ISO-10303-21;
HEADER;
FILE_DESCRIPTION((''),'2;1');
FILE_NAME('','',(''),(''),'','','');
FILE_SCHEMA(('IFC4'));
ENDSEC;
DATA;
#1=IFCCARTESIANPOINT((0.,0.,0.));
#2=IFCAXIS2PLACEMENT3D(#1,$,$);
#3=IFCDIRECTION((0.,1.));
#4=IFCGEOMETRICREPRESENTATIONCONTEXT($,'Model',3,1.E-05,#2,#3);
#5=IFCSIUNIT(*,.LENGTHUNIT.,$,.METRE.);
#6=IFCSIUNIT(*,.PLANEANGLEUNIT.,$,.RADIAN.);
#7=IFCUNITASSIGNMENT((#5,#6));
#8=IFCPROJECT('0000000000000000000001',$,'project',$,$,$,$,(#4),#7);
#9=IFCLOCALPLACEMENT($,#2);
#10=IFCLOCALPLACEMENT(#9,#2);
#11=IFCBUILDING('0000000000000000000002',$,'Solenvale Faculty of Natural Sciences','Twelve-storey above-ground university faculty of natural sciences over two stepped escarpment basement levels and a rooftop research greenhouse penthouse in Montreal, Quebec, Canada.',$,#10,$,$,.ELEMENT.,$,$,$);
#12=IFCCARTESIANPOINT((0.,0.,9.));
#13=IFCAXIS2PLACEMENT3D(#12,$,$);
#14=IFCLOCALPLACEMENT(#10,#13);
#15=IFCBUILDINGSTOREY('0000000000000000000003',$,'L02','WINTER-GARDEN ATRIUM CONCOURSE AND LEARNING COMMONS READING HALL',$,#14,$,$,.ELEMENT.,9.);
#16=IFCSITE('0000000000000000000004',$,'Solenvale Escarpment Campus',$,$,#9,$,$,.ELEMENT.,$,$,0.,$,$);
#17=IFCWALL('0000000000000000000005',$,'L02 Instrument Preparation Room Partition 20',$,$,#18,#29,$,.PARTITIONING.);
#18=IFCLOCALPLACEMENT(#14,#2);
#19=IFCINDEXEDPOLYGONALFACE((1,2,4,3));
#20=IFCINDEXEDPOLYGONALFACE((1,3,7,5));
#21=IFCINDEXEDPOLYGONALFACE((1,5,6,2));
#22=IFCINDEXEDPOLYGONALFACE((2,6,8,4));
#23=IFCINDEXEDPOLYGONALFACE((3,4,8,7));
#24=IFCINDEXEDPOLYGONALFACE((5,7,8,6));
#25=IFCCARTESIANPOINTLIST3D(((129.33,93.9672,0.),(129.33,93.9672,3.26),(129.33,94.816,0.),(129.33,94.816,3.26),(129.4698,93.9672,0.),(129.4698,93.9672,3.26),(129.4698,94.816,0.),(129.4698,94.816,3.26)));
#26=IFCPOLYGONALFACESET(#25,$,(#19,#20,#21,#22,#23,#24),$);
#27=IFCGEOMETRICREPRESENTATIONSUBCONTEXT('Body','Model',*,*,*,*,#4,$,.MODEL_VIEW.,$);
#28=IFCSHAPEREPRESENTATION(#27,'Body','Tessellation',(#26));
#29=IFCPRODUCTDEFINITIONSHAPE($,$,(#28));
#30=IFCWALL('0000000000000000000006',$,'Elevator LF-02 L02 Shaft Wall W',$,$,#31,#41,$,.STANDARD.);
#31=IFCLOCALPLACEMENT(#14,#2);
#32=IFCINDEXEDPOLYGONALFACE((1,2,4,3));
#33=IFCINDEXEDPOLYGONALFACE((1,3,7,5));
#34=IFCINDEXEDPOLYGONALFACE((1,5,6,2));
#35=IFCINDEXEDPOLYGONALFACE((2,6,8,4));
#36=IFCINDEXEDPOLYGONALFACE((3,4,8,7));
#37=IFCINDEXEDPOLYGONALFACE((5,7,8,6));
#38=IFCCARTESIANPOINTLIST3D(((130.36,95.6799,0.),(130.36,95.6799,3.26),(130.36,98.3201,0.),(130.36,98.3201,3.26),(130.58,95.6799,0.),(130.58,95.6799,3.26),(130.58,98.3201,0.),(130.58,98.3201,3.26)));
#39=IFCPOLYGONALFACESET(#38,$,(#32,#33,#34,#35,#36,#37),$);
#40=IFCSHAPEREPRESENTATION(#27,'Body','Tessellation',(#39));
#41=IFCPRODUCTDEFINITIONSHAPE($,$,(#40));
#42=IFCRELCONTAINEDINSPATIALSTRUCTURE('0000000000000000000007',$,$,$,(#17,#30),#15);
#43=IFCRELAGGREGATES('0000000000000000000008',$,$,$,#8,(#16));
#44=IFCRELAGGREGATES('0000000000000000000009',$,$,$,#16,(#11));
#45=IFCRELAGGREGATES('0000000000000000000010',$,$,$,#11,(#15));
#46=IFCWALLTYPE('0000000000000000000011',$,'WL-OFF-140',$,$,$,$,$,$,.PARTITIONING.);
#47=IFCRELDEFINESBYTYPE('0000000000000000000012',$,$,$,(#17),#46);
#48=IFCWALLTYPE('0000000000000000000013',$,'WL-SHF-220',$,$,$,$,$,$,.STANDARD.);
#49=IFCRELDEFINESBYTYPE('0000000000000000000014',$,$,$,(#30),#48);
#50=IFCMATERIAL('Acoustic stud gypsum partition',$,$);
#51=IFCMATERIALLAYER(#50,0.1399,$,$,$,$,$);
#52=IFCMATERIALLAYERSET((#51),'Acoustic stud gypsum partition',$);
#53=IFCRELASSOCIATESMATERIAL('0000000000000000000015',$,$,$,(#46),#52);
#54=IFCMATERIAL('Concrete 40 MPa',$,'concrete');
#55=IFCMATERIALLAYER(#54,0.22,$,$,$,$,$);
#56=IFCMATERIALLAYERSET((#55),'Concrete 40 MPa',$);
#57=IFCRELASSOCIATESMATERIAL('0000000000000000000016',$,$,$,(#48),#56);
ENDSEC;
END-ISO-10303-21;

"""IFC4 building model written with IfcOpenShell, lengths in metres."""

from ifc_helpers import new_model, si_unit, direction, frame, frame_2d, origin, place, context, subcontext, project, spatial, rectangle, extrude, material, layer, layer_set, type_object, element, save


model = new_model("IFC4")

# Units and contexts
model_context = context("Model", 3, precision=1e-05, world=origin(), true_north=direction((0.0, 1.0)))
body_context = subcontext(model_context, "Body", "Model", "MODEL_VIEW")
ifc_project = project(units=[si_unit("LENGTHUNIT", "METRE"), si_unit("PLANEANGLEUNIT", "RADIAN")], contexts=[model_context])

# Site, building, storey
site_placement = place(None, origin())
site = spatial("IfcSite", under=ifc_project, at=site_placement, Name="Solenvale Escarpment Campus", CompositionType="ELEMENT", RefElevation=0.0)
building_placement = place(site_placement, origin())
building = spatial("IfcBuilding", under=site, at=building_placement, Name="Solenvale Faculty of Natural Sciences", Description="Twelve-storey above-ground university faculty of natural sciences over two stepped escarpment basement levels and a rooftop research greenhouse penthouse in Montreal, Quebec, Canada.", CompositionType="ELEMENT")
storey_placement = place(building_placement, frame((0.0, 0.0, 9.0)))
storey = spatial("IfcBuildingStorey", under=building, at=storey_placement, Name="L02", Description="WINTER-GARDEN ATRIUM CONCOURSE AND LEARNING COMMONS READING HALL", CompositionType="ELEMENT", Elevation=9.0)

# Shared definitions
ifc_material_1 = material(Name="Concrete 40 MPa", Category="concrete")

# Walls
ifc_material_2 = material(Name="Acoustic stud gypsum partition")
ifc_layer_1 = layer(ifc_material_2, 0.1399)
ifc_layer_set_1 = layer_set([ifc_layer_1], Name="Acoustic stud gypsum partition")
wall_type_1 = type_object("IfcWallType", Name="WL-OFF-140", PredefinedType="PARTITIONING", material=ifc_layer_set_1)
wall_1_placement = place(storey_placement, frame((129.3999, 94.8159, 0.0), z_axis=(0.0, 0.0, 1.0), x_axis=(0.0, -1.0, 0.0)))
element("IfcWall", 1, at=wall_1_placement, inside=storey, type_object=wall_type_1, Name="L02 Instrument Preparation Room Partition 20", PredefinedType="PARTITIONING", context=body_context, shape_type="SweptSolid", body=[
    extrude(rectangle(XDim=0.8489, YDim=0.1399, at=frame_2d((0.4243, 0.0))), origin(), (0.0, 0.0, 1.0), 3.26),
])
ifc_layer_2 = layer(ifc_material_1, 0.22)
ifc_layer_set_2 = layer_set([ifc_layer_2], Name="Concrete 40 MPa")
wall_type_2 = type_object("IfcWallType", Name="WL-SHF-220", PredefinedType="STANDARD", material=ifc_layer_set_2)
wall_2_placement = place(storey_placement, frame((130.47, 95.6799, 0.0), z_axis=(0.0, 0.0, 1.0), x_axis=(0.0, 1.0, 0.0)))
element("IfcWall", 2, at=wall_2_placement, inside=storey, type_object=wall_type_2, Name="Elevator LF-02 L02 Shaft Wall W", PredefinedType="STANDARD", context=body_context, shape_type="SweptSolid", body=[
    extrude(rectangle(XDim=2.6401, YDim=0.22, at=frame_2d((1.3201, 0.0))), origin(), (0.0, 0.0, 1.0), 3.26),
])

save(model, "model.ifc")
